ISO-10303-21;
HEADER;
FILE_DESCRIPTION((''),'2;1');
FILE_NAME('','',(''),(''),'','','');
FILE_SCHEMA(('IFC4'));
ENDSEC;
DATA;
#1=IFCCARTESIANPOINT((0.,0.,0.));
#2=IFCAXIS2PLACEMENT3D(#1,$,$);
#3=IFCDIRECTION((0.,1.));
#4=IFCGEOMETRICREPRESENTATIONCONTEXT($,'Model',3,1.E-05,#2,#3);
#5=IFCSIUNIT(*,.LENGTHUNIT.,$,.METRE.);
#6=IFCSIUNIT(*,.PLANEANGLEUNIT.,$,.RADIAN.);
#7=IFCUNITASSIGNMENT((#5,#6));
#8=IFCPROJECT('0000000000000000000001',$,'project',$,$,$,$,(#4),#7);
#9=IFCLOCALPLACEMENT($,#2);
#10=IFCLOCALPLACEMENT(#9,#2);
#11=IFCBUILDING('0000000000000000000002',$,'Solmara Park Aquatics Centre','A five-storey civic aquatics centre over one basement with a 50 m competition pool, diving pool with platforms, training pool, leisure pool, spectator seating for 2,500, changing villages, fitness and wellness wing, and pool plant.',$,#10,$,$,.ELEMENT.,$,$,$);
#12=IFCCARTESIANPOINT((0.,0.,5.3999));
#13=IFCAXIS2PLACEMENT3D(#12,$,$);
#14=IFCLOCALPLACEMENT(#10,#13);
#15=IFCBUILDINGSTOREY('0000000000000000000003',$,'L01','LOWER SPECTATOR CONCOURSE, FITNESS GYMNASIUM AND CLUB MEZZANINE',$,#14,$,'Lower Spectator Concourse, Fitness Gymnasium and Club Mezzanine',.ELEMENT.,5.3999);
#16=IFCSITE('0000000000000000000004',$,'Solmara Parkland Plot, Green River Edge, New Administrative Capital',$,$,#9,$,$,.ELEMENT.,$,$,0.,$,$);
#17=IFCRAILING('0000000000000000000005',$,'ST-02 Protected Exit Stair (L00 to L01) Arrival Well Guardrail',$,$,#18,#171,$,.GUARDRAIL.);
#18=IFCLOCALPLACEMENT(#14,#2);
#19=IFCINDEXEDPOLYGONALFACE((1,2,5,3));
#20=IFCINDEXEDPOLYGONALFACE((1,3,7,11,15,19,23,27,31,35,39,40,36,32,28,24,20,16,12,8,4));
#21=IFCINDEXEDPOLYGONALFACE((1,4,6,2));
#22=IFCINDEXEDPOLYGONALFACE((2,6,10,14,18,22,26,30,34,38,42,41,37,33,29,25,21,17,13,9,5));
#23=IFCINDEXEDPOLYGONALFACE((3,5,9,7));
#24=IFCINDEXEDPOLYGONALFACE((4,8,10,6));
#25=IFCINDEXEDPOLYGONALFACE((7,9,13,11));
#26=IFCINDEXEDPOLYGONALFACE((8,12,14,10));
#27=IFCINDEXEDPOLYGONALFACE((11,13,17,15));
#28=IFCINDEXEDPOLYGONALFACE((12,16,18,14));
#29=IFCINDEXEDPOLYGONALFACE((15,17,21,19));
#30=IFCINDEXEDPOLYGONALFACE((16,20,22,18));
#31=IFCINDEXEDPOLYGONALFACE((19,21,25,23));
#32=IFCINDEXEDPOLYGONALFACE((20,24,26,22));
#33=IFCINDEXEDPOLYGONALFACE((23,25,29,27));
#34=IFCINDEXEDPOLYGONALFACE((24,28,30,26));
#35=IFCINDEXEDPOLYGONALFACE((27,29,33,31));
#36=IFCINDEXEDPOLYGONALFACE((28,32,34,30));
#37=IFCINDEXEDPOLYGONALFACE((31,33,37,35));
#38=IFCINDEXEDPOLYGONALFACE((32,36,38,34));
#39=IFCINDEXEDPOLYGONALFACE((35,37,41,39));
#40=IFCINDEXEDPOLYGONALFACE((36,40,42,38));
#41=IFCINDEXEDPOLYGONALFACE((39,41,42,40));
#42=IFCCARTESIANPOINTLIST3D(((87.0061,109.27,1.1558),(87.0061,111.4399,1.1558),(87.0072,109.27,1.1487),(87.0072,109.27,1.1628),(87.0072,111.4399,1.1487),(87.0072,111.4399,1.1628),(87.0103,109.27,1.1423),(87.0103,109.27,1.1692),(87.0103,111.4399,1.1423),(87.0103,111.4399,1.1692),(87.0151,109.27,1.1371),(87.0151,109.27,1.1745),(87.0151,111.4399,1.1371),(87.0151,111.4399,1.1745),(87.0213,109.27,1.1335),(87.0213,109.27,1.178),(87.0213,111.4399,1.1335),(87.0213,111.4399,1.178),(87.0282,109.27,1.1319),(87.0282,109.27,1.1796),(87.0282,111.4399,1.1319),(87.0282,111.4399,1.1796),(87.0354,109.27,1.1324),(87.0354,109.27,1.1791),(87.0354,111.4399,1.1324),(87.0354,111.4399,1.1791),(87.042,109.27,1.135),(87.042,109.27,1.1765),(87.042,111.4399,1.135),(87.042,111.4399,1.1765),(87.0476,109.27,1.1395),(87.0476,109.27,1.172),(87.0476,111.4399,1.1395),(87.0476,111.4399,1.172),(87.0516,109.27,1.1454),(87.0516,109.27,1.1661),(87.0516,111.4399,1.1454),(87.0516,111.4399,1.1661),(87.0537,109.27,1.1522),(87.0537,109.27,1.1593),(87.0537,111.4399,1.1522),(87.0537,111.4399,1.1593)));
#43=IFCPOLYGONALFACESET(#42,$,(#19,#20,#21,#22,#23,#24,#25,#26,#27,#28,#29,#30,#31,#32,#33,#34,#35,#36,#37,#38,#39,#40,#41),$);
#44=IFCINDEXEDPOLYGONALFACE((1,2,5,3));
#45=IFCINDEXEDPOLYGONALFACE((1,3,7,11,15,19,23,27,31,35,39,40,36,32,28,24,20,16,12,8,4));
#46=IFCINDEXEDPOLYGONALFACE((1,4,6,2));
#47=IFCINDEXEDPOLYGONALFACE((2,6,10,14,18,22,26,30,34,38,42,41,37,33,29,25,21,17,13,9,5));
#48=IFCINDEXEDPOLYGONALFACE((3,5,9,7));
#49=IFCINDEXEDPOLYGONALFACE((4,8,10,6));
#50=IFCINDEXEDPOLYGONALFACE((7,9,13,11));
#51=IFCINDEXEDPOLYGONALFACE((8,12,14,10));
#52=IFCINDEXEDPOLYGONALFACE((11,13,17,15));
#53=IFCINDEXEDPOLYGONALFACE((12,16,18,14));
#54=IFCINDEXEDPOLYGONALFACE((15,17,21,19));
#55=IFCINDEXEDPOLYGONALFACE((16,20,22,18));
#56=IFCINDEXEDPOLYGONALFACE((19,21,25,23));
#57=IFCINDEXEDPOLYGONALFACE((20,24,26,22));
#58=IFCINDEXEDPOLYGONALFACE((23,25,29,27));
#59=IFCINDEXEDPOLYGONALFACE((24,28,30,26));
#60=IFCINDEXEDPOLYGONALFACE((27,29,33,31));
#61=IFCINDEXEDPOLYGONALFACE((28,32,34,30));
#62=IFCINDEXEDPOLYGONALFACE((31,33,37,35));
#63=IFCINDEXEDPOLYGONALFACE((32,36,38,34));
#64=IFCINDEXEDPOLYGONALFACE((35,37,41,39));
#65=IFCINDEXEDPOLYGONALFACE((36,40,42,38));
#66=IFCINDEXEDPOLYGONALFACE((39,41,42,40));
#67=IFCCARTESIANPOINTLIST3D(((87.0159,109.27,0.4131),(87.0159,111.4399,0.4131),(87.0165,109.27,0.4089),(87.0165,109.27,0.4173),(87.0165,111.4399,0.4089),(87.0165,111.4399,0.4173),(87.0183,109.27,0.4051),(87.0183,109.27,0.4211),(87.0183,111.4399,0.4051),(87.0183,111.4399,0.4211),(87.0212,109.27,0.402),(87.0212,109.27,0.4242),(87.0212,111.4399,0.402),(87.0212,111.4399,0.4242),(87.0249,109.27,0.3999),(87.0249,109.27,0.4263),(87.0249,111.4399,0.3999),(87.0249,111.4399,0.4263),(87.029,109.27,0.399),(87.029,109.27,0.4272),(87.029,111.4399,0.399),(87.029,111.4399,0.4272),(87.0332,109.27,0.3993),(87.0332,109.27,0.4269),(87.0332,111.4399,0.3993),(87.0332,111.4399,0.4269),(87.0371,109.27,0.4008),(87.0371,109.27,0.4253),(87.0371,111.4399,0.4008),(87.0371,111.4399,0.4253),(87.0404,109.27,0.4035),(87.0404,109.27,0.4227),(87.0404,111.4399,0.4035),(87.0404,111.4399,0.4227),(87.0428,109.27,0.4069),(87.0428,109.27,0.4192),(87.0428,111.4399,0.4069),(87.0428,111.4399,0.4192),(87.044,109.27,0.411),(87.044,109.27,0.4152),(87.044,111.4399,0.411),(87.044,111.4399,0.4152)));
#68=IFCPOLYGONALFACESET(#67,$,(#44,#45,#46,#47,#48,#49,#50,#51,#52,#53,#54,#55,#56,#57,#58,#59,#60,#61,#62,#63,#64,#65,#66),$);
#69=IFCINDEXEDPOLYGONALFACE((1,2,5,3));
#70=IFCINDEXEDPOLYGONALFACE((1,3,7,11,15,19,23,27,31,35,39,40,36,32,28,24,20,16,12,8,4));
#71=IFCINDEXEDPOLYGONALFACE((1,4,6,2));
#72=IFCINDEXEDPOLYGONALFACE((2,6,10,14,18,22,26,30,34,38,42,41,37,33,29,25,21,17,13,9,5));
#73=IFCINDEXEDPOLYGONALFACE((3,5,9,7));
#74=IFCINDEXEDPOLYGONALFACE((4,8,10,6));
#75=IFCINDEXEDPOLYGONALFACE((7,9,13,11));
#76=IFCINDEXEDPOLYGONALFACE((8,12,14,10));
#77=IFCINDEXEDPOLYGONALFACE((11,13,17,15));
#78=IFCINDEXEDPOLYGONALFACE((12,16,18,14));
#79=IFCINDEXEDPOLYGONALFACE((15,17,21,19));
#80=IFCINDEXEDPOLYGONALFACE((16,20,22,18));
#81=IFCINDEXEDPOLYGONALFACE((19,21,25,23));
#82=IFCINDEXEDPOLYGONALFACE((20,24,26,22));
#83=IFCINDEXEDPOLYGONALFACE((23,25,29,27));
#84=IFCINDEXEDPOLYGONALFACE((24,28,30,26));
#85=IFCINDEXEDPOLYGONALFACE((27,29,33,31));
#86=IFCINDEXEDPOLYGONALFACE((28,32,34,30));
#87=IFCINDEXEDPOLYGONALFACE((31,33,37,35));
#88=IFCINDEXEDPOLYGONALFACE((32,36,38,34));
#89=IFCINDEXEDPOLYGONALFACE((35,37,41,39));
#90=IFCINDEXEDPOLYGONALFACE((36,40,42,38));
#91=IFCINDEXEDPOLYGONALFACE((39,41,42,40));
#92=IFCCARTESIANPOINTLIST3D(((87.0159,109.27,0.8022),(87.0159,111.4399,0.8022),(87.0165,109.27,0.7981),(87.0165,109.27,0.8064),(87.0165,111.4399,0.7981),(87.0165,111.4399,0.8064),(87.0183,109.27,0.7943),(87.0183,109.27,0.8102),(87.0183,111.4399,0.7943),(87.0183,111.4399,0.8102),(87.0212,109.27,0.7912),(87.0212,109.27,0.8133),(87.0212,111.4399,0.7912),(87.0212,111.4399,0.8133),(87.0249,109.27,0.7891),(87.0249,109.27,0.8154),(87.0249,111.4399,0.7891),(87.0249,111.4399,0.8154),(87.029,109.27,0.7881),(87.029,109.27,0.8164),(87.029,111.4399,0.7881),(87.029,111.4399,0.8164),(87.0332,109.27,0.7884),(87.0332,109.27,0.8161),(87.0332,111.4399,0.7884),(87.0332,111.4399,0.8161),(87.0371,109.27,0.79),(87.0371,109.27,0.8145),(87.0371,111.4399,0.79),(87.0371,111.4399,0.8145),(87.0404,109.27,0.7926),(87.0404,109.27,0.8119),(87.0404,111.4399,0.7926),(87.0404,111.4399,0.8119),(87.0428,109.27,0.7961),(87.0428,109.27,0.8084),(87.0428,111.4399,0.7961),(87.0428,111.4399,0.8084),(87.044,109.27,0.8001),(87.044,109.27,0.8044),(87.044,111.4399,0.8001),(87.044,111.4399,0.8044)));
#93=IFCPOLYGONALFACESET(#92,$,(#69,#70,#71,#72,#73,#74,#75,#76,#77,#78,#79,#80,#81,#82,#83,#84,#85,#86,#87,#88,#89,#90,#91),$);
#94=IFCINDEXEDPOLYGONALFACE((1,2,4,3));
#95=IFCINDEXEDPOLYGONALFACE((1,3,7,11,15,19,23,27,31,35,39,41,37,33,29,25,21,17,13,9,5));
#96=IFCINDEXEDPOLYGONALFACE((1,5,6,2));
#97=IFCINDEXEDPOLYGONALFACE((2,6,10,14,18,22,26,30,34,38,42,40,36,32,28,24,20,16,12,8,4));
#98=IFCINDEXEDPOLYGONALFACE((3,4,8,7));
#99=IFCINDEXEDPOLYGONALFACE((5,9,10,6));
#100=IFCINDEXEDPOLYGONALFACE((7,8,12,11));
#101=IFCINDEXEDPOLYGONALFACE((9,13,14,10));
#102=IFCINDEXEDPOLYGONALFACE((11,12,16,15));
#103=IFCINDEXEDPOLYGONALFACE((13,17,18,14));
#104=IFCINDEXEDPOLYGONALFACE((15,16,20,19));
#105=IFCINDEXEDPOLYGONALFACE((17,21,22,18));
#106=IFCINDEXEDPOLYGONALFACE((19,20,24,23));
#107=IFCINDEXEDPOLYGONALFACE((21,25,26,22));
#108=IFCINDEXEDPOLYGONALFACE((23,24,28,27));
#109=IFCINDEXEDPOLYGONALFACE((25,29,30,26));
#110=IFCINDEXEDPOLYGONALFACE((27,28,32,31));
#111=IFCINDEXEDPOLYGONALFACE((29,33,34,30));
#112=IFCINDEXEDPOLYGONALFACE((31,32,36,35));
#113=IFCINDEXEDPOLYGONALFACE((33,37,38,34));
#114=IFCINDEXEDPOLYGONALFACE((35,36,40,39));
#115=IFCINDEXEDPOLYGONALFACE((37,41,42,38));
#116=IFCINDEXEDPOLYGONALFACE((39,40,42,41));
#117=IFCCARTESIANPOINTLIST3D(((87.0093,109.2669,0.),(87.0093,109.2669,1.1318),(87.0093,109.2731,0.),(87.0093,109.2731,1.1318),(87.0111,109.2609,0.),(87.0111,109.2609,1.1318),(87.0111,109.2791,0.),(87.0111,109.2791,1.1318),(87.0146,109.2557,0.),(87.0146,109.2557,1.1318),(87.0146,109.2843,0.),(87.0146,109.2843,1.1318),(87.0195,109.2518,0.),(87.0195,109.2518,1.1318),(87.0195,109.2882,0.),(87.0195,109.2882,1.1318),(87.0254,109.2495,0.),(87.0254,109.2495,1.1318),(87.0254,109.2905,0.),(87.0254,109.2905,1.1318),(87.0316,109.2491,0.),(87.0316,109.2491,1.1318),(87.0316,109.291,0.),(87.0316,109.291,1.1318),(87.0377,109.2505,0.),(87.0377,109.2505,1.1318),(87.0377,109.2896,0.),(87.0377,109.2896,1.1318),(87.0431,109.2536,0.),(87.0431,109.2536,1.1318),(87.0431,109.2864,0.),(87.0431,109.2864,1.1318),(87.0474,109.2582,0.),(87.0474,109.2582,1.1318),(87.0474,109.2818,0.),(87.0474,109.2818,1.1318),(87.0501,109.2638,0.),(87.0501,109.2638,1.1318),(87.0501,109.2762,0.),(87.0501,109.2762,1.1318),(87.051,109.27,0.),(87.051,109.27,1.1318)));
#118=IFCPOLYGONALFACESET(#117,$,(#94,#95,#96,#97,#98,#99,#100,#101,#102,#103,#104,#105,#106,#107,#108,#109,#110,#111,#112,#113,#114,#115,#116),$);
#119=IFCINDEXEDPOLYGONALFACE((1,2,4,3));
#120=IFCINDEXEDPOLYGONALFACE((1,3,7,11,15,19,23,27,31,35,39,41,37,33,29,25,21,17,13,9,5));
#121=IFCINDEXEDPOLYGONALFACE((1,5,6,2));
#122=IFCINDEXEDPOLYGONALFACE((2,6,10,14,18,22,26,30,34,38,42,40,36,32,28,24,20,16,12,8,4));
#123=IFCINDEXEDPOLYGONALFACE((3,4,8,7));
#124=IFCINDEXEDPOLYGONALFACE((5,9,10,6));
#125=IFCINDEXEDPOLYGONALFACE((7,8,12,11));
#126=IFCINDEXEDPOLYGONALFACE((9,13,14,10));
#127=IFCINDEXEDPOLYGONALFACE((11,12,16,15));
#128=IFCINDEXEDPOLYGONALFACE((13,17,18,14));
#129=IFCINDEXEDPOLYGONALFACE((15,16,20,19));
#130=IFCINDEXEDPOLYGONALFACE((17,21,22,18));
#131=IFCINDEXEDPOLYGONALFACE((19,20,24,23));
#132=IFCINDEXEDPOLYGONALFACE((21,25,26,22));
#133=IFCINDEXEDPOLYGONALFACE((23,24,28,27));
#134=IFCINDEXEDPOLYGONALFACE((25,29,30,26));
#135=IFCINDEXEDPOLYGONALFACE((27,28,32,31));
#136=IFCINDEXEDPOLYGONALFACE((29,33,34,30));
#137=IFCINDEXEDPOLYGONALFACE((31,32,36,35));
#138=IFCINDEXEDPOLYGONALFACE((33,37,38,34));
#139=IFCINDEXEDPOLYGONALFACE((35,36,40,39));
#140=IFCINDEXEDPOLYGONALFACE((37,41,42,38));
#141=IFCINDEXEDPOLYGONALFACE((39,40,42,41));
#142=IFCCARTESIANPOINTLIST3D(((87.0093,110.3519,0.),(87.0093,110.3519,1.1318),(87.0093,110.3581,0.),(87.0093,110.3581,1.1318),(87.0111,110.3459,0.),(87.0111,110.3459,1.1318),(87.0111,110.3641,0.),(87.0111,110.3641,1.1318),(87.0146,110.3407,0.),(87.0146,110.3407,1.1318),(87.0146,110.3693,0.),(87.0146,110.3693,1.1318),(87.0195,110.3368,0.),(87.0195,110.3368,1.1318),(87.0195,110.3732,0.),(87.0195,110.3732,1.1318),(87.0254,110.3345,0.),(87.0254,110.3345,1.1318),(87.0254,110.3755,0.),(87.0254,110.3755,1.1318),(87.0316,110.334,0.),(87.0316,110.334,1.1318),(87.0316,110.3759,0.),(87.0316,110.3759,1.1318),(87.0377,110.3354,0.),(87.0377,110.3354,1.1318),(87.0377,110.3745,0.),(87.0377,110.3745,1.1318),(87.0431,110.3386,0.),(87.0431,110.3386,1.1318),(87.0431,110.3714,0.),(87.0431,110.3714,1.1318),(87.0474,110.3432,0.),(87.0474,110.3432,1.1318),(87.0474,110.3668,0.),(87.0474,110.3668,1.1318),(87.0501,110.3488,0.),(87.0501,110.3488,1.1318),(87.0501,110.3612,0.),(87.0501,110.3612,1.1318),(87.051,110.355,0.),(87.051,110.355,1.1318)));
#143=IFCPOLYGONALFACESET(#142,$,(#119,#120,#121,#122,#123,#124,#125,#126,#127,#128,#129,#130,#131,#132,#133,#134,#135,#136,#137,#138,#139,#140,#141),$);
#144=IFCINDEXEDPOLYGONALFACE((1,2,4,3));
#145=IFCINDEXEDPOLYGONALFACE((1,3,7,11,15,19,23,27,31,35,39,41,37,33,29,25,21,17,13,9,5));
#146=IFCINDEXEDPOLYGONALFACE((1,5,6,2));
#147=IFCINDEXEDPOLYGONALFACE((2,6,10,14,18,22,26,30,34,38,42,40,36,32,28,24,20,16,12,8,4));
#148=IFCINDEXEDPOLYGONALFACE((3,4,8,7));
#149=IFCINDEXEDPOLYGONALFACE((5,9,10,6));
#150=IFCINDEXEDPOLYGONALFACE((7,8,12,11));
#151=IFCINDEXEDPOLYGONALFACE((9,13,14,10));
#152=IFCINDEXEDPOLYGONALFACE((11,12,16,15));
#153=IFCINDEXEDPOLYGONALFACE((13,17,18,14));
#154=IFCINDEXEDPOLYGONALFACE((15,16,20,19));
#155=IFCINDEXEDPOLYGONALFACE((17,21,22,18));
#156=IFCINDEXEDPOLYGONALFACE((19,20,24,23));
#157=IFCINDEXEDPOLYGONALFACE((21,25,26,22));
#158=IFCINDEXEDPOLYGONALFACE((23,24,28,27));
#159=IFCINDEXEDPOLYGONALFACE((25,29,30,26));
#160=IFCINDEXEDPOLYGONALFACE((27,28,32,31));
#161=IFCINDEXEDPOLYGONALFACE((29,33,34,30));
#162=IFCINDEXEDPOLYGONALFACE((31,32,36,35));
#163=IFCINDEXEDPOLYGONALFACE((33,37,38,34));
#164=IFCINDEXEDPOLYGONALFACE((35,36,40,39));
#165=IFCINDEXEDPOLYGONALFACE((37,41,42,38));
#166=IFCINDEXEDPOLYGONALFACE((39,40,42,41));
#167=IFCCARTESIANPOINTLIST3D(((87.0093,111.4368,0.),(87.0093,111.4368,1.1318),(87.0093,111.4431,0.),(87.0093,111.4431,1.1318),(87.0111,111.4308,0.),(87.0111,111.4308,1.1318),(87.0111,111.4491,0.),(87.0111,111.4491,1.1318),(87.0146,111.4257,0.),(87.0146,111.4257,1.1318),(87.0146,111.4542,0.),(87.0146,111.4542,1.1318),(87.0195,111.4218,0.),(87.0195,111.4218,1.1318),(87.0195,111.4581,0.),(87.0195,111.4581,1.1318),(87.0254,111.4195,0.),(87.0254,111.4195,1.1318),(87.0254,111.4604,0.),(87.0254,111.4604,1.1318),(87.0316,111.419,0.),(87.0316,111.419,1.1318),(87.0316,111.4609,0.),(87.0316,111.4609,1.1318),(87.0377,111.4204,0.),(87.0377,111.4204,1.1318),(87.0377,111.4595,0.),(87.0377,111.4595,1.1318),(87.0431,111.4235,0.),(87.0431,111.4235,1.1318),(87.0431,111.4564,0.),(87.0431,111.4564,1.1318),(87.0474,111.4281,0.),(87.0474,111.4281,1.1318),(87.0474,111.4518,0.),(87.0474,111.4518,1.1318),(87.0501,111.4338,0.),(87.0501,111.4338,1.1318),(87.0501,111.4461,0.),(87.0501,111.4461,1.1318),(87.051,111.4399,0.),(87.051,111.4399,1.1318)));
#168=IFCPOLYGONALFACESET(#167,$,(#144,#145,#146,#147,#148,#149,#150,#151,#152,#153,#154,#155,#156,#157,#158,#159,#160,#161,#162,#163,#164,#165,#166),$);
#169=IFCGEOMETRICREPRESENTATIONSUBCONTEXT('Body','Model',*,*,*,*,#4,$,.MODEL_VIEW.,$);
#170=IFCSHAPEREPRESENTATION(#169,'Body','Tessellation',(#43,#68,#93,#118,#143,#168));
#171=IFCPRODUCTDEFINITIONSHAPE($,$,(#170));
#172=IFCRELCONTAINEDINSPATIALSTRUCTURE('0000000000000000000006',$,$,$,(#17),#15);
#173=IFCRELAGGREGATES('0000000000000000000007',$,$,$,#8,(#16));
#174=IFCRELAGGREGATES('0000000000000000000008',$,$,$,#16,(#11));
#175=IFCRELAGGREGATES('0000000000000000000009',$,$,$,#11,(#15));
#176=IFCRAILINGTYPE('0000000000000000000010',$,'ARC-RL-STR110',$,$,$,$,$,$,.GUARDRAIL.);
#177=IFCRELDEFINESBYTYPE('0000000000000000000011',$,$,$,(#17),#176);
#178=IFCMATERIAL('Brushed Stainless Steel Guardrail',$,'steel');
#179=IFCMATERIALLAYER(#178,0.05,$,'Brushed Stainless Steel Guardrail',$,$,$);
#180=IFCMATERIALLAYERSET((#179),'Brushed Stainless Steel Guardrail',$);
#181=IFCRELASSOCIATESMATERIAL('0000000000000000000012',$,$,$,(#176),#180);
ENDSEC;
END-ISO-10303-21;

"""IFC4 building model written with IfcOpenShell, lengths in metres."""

from ifc_helpers import new_model, si_unit, direction, frame, origin, origin_2d, place, context, subcontext, project, spatial, circle, extrude, material, layer, layer_set, type_object, element, save


model = new_model("IFC4")

# Units and contexts
model_context = context("Model", 3, precision=1e-05, world=origin(), true_north=direction((0.0, 1.0)))
body_context = subcontext(model_context, "Body", "Model", "MODEL_VIEW")
ifc_project = project(units=[si_unit("LENGTHUNIT", "METRE"), si_unit("PLANEANGLEUNIT", "RADIAN")], contexts=[model_context])

# Site, building, storey
site_placement = place(None, origin())
site = spatial("IfcSite", under=ifc_project, at=site_placement, Name="Solmara Parkland Plot, Green River Edge, New Administrative Capital", CompositionType="ELEMENT", RefElevation=0.0)
building_placement = place(site_placement, origin())
building = spatial("IfcBuilding", under=site, at=building_placement, Name="Solmara Park Aquatics Centre", Description="A five-storey civic aquatics centre over one basement with a 50 m competition pool, diving pool with platforms, training pool, leisure pool, spectator seating for 2,500, changing villages, fitness and wellness wing, and pool plant.", CompositionType="ELEMENT")
storey_placement = place(building_placement, frame((0.0, 0.0, 5.3999)))
storey = spatial("IfcBuildingStorey", under=building, at=storey_placement, Name="L01", Description="LOWER SPECTATOR CONCOURSE, FITNESS GYMNASIUM AND CLUB MEZZANINE", LongName="Lower Spectator Concourse, Fitness Gymnasium and Club Mezzanine", CompositionType="ELEMENT", Elevation=5.3999)

# Railing
ifc_material_1 = material(Name="Brushed Stainless Steel Guardrail", Category="steel")
ifc_layer_1 = layer(ifc_material_1, 0.05, Name="Brushed Stainless Steel Guardrail")
ifc_layer_set_1 = layer_set([ifc_layer_1], Name="Brushed Stainless Steel Guardrail")
railing_type_1 = type_object("IfcRailingType", Name="ARC-RL-STR110", PredefinedType="GUARDRAIL", material=ifc_layer_set_1)
railing_1_placement = place(storey_placement, frame((87.03, 109.27, 0.0)))
element("IfcRailing", 1, at=railing_1_placement, inside=storey, type_object=railing_type_1, Name="ST-02 Protected Exit Stair (L00 to L01) Arrival Well Guardrail", PredefinedType="GUARDRAIL", context=body_context, shape_type="SweptSolid", body=[
    extrude(circle(Radius=0.0239, at=origin_2d()), frame((0.0, 0.0, 1.1558), z_axis=(0.0, 1.0, 0.0), x_axis=(-1.0, 0.0, 0.0)), (0.0, 0.0, 1.0), 2.1699),
    extrude(circle(Radius=0.0142, at=origin_2d()), frame((0.0, 0.0, 0.4131), z_axis=(0.0, 1.0, 0.0), x_axis=(-1.0, 0.0, 0.0)), (0.0, 0.0, 1.0), 2.1699),
    extrude(circle(Radius=0.0142, at=origin_2d()), frame((0.0, 0.0, 0.8022), z_axis=(0.0, 1.0, 0.0), x_axis=(-1.0, 0.0, 0.0)), (0.0, 0.0, 1.0), 2.1699),
    extrude(circle(Radius=0.021, at=origin_2d()), origin(), (0.0, 0.0, 1.0), 1.1318),
    extrude(circle(Radius=0.021, at=origin_2d()), frame((0.0, 1.085, 0.0)), (0.0, 0.0, 1.0), 1.1318),
    extrude(circle(Radius=0.021, at=origin_2d()), frame((0.0, 2.1699, 0.0)), (0.0, 0.0, 1.0), 1.1318),
])

save(model, "model.ifc")
